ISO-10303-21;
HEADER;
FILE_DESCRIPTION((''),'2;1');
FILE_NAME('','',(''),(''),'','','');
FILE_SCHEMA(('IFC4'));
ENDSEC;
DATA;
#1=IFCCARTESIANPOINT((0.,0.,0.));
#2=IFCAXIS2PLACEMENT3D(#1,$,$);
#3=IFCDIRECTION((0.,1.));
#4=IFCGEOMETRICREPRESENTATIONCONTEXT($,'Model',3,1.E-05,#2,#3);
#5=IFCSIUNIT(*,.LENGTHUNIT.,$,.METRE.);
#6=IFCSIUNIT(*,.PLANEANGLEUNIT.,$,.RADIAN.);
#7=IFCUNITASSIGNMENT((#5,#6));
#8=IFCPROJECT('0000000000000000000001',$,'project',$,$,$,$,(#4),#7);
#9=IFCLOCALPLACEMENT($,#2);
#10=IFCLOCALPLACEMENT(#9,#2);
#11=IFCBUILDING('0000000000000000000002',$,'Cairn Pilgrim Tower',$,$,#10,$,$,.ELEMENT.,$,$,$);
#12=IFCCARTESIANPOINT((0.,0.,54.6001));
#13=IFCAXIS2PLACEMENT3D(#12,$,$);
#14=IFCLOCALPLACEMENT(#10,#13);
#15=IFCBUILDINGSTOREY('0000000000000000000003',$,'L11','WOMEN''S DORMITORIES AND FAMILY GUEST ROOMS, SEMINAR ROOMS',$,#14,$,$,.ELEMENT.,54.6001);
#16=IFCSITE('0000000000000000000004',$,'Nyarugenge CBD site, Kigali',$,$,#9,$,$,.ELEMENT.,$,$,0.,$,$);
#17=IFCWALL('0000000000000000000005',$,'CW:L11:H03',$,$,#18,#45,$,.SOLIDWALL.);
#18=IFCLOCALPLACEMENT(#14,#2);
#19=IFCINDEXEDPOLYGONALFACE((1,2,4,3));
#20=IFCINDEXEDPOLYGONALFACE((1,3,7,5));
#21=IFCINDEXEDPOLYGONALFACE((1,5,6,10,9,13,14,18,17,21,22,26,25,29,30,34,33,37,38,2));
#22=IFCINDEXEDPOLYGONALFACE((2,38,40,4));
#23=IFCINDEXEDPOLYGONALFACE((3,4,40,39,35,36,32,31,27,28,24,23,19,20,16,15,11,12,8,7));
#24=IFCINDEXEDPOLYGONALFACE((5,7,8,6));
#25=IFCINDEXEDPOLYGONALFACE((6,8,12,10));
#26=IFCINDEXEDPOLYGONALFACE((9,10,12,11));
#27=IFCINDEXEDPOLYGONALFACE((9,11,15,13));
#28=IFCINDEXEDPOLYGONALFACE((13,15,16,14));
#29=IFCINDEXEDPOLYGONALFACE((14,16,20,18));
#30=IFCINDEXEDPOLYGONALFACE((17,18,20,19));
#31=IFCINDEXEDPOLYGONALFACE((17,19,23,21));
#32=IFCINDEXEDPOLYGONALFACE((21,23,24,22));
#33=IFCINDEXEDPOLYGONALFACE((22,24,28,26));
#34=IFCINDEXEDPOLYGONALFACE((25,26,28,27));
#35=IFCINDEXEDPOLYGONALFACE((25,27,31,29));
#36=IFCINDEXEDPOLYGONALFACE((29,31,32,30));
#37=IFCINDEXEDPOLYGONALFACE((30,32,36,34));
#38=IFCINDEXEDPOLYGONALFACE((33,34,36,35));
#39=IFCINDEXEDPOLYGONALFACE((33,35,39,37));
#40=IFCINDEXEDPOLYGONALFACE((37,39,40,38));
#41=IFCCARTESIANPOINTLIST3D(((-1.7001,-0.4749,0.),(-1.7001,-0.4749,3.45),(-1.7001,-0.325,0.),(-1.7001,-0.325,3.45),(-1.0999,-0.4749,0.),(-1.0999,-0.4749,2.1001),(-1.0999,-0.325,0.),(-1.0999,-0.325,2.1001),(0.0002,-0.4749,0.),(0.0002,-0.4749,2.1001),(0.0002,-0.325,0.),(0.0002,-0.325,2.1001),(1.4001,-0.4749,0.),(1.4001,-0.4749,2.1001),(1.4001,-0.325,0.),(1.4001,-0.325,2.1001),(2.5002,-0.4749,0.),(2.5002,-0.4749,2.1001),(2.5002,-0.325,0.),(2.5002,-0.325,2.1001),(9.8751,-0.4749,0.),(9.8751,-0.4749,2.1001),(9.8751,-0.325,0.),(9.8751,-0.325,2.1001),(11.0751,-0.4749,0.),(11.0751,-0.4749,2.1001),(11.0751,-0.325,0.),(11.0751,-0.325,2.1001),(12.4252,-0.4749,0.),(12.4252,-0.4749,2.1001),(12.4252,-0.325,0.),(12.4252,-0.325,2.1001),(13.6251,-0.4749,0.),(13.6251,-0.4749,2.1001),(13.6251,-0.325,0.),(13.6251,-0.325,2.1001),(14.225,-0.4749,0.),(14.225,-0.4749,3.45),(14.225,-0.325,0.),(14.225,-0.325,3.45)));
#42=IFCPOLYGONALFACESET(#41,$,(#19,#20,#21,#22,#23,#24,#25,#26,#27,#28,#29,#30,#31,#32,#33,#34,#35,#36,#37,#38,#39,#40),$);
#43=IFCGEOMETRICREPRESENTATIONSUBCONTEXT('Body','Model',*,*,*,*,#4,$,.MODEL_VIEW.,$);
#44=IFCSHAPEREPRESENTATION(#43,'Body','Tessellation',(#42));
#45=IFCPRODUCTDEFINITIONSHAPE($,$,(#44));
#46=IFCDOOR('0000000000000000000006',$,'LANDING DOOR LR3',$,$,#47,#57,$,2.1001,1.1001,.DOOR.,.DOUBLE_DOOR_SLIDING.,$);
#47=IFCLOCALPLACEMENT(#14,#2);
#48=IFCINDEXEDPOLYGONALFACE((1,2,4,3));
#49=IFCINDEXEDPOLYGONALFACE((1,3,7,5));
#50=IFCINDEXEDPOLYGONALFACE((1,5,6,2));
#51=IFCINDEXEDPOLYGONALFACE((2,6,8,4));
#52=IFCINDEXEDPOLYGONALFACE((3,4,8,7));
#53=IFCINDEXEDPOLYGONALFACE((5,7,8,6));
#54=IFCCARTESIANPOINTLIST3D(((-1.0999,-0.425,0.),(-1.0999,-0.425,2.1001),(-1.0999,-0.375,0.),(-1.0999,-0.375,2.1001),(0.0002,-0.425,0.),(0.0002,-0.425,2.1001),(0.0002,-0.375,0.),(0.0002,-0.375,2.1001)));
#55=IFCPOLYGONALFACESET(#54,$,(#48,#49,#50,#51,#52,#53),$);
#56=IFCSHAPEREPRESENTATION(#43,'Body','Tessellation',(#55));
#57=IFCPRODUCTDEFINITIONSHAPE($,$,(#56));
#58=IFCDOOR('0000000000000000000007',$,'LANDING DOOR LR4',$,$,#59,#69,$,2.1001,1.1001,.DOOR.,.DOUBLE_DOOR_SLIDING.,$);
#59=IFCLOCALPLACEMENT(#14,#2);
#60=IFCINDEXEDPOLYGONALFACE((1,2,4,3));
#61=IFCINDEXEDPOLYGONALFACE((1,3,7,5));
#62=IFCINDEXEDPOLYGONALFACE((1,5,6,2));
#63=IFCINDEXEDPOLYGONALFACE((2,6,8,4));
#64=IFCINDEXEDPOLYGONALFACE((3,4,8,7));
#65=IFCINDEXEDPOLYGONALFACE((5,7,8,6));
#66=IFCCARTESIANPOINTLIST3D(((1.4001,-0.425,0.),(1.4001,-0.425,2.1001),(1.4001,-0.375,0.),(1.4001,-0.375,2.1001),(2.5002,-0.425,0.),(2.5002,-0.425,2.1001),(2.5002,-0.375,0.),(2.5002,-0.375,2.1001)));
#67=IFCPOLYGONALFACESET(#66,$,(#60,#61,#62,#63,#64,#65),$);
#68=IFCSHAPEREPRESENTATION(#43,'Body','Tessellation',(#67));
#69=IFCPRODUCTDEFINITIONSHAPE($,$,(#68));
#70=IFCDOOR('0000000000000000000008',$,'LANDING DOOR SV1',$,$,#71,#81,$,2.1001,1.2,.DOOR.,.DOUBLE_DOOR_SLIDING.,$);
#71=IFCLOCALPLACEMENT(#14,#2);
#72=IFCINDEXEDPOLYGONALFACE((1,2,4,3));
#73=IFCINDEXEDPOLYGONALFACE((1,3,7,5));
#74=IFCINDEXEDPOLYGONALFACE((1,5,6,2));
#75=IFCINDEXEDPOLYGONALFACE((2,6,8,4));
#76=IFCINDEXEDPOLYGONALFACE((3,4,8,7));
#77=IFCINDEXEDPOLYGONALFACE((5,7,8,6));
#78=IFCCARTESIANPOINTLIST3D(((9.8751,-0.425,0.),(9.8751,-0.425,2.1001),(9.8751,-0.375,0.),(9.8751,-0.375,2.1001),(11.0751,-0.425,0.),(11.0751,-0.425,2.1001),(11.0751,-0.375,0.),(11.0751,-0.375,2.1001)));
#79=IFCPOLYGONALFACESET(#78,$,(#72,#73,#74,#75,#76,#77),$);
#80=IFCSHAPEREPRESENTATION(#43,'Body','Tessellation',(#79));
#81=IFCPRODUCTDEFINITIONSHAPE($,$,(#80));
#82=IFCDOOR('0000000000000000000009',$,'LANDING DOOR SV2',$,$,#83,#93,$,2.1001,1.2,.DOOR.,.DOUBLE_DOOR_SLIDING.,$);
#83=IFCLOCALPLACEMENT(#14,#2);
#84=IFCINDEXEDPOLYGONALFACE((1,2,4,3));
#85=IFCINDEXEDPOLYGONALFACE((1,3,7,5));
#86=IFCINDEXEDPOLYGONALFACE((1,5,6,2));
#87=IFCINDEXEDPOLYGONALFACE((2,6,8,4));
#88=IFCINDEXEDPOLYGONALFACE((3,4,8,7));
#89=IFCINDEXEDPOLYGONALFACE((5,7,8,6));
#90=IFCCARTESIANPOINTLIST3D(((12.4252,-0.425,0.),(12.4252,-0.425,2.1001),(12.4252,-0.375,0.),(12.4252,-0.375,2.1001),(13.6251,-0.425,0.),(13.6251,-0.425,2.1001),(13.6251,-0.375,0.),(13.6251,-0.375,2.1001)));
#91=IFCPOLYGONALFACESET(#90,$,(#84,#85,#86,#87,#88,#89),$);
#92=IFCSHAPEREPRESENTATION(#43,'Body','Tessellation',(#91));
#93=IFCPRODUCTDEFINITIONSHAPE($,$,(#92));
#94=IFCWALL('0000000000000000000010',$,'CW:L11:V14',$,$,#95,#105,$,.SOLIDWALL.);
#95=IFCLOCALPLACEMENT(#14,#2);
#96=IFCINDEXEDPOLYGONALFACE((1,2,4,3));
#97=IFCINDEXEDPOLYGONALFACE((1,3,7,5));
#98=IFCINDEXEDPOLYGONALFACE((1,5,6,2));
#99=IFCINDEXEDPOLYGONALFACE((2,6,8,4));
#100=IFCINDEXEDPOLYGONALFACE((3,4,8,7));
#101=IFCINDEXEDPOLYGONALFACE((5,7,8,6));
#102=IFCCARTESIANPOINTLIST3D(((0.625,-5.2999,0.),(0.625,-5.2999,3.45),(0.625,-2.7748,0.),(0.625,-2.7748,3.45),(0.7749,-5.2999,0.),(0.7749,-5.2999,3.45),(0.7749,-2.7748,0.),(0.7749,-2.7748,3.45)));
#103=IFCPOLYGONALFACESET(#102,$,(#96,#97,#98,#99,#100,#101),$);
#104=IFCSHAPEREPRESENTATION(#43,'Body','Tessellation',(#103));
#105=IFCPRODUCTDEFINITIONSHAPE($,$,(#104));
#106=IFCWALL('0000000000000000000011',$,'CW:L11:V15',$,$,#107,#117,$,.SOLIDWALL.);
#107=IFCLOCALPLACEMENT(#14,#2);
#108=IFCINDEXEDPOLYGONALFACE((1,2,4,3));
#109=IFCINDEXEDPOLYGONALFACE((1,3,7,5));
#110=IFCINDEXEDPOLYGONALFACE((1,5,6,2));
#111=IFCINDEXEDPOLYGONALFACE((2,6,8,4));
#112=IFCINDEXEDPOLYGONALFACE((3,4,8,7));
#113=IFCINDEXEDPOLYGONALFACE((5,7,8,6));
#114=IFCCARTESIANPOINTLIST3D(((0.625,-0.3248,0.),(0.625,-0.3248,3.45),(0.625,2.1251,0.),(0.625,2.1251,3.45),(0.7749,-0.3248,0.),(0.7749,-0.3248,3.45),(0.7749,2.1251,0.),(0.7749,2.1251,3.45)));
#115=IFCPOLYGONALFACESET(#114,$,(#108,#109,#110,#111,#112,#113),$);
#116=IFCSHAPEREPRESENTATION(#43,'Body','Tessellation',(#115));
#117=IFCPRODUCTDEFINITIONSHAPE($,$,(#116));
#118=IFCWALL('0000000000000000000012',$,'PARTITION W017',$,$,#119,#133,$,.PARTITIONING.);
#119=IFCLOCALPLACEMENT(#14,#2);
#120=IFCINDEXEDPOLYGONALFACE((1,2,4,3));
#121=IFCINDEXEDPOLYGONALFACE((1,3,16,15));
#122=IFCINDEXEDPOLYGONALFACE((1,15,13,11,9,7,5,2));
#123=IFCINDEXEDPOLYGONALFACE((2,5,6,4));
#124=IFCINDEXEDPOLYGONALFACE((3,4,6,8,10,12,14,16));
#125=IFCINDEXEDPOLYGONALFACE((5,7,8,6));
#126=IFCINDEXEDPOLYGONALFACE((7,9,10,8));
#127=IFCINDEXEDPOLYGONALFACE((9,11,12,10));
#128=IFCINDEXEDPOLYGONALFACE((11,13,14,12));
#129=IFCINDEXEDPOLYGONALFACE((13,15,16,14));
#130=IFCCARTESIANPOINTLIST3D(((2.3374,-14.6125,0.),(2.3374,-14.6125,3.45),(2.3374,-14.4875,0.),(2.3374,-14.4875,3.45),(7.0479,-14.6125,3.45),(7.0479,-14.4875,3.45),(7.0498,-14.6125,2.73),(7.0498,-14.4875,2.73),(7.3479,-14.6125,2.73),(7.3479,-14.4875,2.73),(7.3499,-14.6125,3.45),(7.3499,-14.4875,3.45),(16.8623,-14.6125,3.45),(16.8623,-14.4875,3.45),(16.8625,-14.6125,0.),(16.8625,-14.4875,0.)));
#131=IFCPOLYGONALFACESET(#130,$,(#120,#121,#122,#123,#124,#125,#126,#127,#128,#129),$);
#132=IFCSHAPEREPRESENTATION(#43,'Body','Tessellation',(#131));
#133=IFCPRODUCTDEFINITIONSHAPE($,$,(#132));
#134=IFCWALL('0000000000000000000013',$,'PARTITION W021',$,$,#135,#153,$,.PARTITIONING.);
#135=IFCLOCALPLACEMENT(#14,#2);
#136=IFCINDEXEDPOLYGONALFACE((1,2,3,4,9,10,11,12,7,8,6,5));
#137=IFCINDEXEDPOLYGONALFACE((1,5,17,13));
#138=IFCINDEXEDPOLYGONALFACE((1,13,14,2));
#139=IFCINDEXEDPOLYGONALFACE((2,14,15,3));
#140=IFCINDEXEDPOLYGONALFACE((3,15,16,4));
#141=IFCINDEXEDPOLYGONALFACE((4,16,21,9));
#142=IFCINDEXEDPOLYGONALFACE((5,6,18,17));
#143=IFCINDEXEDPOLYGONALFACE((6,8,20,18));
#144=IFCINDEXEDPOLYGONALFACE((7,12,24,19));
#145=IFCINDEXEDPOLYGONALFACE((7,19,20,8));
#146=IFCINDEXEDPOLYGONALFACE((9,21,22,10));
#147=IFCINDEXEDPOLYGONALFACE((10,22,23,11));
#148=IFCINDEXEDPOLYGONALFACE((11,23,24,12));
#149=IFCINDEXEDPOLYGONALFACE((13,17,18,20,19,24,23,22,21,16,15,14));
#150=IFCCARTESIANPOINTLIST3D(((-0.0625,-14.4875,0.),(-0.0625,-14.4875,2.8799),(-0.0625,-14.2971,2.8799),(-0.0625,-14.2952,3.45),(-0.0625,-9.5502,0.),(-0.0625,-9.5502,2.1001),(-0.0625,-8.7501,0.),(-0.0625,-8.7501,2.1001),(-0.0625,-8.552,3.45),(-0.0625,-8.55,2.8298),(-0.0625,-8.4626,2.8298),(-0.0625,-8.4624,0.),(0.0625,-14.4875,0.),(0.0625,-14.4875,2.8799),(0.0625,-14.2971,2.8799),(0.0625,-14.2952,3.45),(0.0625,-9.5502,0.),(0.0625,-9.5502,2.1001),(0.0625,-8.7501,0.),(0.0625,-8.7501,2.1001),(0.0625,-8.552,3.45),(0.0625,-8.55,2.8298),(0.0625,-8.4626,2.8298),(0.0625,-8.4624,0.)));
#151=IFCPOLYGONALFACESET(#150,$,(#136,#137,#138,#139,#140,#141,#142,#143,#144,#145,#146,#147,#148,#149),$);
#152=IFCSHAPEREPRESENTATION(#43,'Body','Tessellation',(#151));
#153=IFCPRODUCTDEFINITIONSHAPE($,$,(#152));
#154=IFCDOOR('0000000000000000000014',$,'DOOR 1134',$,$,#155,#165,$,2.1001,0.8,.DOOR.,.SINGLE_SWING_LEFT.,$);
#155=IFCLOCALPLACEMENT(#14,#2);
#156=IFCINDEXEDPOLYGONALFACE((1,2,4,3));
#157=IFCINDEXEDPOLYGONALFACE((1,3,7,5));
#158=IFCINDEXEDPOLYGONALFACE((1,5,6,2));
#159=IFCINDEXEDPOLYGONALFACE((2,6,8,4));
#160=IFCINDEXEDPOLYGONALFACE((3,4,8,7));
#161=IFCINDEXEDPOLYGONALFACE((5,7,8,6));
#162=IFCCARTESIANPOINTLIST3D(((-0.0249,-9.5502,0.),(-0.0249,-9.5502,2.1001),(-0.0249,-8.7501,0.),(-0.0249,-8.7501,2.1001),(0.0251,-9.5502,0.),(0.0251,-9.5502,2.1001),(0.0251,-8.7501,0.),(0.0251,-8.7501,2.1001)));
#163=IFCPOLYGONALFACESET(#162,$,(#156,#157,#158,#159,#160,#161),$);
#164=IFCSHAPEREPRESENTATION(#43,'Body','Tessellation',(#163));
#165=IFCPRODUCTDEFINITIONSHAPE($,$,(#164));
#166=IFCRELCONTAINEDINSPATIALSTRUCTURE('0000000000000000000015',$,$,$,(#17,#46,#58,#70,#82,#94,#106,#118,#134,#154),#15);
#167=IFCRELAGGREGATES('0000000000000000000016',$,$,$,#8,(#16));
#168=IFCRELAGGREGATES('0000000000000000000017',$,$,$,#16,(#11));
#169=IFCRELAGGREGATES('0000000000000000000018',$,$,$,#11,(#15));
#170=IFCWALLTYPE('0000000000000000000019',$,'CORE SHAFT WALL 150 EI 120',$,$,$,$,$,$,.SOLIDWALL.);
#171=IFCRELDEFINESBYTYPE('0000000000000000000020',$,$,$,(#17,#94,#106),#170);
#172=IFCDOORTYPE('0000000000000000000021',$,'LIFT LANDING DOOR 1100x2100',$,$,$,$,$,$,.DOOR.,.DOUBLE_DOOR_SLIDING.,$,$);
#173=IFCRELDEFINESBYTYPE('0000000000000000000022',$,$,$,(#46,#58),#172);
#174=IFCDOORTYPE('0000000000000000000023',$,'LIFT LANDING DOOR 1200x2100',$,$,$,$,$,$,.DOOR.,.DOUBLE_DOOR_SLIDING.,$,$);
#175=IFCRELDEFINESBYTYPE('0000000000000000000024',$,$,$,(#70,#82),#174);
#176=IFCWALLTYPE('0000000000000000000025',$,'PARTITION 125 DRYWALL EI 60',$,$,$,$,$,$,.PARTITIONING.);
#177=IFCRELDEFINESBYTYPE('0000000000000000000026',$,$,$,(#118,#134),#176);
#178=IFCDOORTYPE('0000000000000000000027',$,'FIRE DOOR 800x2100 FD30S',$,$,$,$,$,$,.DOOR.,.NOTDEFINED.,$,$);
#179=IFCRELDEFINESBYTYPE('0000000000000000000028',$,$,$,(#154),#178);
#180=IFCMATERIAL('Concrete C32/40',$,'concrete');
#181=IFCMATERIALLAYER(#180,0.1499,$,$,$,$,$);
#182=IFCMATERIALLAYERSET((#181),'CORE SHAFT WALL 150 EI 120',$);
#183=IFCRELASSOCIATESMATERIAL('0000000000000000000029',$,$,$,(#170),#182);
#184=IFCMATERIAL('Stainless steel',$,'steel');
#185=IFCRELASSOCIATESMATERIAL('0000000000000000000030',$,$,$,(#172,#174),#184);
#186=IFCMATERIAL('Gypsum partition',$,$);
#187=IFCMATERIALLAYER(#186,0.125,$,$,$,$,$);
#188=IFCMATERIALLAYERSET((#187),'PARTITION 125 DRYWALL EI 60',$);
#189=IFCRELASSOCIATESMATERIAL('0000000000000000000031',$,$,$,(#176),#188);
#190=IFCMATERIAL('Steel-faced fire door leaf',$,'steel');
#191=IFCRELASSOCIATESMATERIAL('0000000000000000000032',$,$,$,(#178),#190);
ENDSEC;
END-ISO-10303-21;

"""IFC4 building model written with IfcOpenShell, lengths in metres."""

from ifc_helpers import new_model, si_unit, direction, frame, frame_2d, origin, place, context, subcontext, project, spatial, polyline, rectangle, outline, extrude, material, layer, layer_set, type_object, element, fill, save


model = new_model("IFC4")

# Units and contexts
model_context = context("Model", 3, precision=1e-05, world=origin(), true_north=direction((0.0, 1.0)))
body_context = subcontext(model_context, "Body", "Model", "MODEL_VIEW")
ifc_project = project(units=[si_unit("LENGTHUNIT", "METRE"), si_unit("PLANEANGLEUNIT", "RADIAN")], contexts=[model_context])

# Site, building, storey
site_placement = place(None, origin())
site = spatial("IfcSite", under=ifc_project, at=site_placement, Name="Nyarugenge CBD site, Kigali", CompositionType="ELEMENT", RefElevation=0.0)
building_placement = place(site_placement, origin())
building = spatial("IfcBuilding", under=site, at=building_placement, Name="Cairn Pilgrim Tower", CompositionType="ELEMENT")
storey_placement = place(building_placement, frame((0.0, 0.0, 54.6001)))
storey = spatial("IfcBuildingStorey", under=building, at=storey_placement, Name="L11", Description="WOMEN'S DORMITORIES AND FAMILY GUEST ROOMS, SEMINAR ROOMS", CompositionType="ELEMENT", Elevation=54.6001)

# Shared definitions
ifc_material_1 = material(Name="Concrete C32/40", Category="concrete")

# Wall, openings, doors
ifc_layer_1 = layer(ifc_material_1, 0.1499)
ifc_layer_set_1 = layer_set([ifc_layer_1], Name="CORE SHAFT WALL 150 EI 120")
wall_type_1 = type_object("IfcWallType", Name="CORE SHAFT WALL 150 EI 120", PredefinedType="SOLIDWALL", material=ifc_layer_set_1)
ifc_material_2 = material(Name="Stainless steel", Category="steel")
door_type_1 = type_object("IfcDoorType", Name="LIFT LANDING DOOR 1100x2100", OperationType="DOUBLE_DOOR_SLIDING", PredefinedType="DOOR", material=ifc_material_2)
wall_1_placement = place(storey_placement, frame((-1.7, -0.3999, 0.0), z_axis=(0.0, 0.0, 1.0), x_axis=(1.0, 0.0, 0.0)))
wall_1 = element("IfcWall", 1, at=wall_1_placement, inside=storey, type_object=wall_type_1, Name="CW:L11:H03", PredefinedType="SOLIDWALL", context=body_context, shape_type="SweptSolid", body=[
    extrude(rectangle(XDim=15.925, YDim=0.1499, at=frame_2d((7.9624, 0.0))), origin(), (0.0, 0.0, 1.0), 3.45),
])
opening_1_placement = place(wall_1_placement, frame((0.6001, 0.0, 0.0)))
opening_1 = element("IfcOpeningElement", 2, at=opening_1_placement, cuts=wall_1, PredefinedType="OPENING", context=body_context, shape_type="SweptSolid", body=[
    extrude(rectangle(XDim=1.1001, YDim=2.1001, at=frame_2d((0.55, 1.05))), frame((0.0, 0.085, 0.0), z_axis=(0.0, -1.0, 0.0), x_axis=(1.0, 0.0, 0.0)), (0.0, 0.0, 1.0), 0.1699),
])
opening_2_placement = place(wall_1_placement, frame((3.1001, 0.0, 0.0)))
opening_2 = element("IfcOpeningElement", 3, at=opening_2_placement, cuts=wall_1, PredefinedType="OPENING", context=body_context, shape_type="SweptSolid", body=[
    extrude(rectangle(XDim=1.1001, YDim=2.1001, at=frame_2d((0.55, 1.05))), frame((0.0, 0.085, 0.0), z_axis=(0.0, -1.0, 0.0), x_axis=(1.0, 0.0, 0.0)), (0.0, 0.0, 1.0), 0.1699),
])
opening_3_placement = place(wall_1_placement, frame((11.575, 0.0, 0.0)))
opening_3 = element("IfcOpeningElement", 4, at=opening_3_placement, cuts=wall_1, PredefinedType="OPENING", context=body_context, shape_type="SweptSolid", body=[
    extrude(rectangle(XDim=1.2, YDim=2.1001, at=frame_2d((0.6001, 1.05))), frame((0.0, 0.085, 0.0), z_axis=(0.0, -1.0, 0.0), x_axis=(1.0, 0.0, 0.0)), (0.0, 0.0, 1.0), 0.1699),
])
opening_4_placement = place(wall_1_placement, frame((14.125, 0.0, 0.0)))
opening_4 = element("IfcOpeningElement", 5, at=opening_4_placement, cuts=wall_1, PredefinedType="OPENING", context=body_context, shape_type="SweptSolid", body=[
    extrude(rectangle(XDim=1.2, YDim=2.1001, at=frame_2d((0.6001, 1.05))), frame((0.0, 0.085, 0.0), z_axis=(0.0, -1.0, 0.0), x_axis=(1.0, 0.0, 0.0)), (0.0, 0.0, 1.0), 0.1699),
])
door_1_placement = place(opening_1_placement, origin())
door_1 = element("IfcDoor", 6, at=door_1_placement, inside=storey, type_object=door_type_1, Name="LANDING DOOR LR3", OperationType="DOUBLE_DOOR_SLIDING", OverallHeight=2.1001, OverallWidth=1.1001, PredefinedType="DOOR", context=body_context, shape_type="SweptSolid", body=[
    extrude(rectangle(XDim=1.1001, YDim=2.1001, at=frame_2d((0.55, 1.05))), frame((0.0, 0.0249, 0.0), z_axis=(0.0, -1.0, 0.0), x_axis=(1.0, 0.0, 0.0)), (0.0, 0.0, 1.0), 0.05),
])
fill(opening_1, door_1)
door_2_placement = place(opening_2_placement, origin())
door_2 = element("IfcDoor", 7, at=door_2_placement, inside=storey, type_object=door_type_1, Name="LANDING DOOR LR4", OperationType="DOUBLE_DOOR_SLIDING", OverallHeight=2.1001, OverallWidth=1.1001, PredefinedType="DOOR", context=body_context, shape_type="SweptSolid", body=[
    extrude(rectangle(XDim=1.1001, YDim=2.1001, at=frame_2d((0.55, 1.05))), frame((0.0, 0.0249, 0.0), z_axis=(0.0, -1.0, 0.0), x_axis=(1.0, 0.0, 0.0)), (0.0, 0.0, 1.0), 0.05),
])
fill(opening_2, door_2)
door_type_2 = type_object("IfcDoorType", Name="LIFT LANDING DOOR 1200x2100", OperationType="DOUBLE_DOOR_SLIDING", PredefinedType="DOOR", material=ifc_material_2)
door_3_placement = place(opening_3_placement, origin())
door_3 = element("IfcDoor", 8, at=door_3_placement, inside=storey, type_object=door_type_2, Name="LANDING DOOR SV1", OperationType="DOUBLE_DOOR_SLIDING", OverallHeight=2.1001, OverallWidth=1.2, PredefinedType="DOOR", context=body_context, shape_type="SweptSolid", body=[
    extrude(rectangle(XDim=1.2, YDim=2.1001, at=frame_2d((0.6001, 1.05))), frame((0.0, 0.0249, 0.0), z_axis=(0.0, -1.0, 0.0), x_axis=(1.0, 0.0, 0.0)), (0.0, 0.0, 1.0), 0.05),
])
fill(opening_3, door_3)
door_4_placement = place(opening_4_placement, origin())
door_4 = element("IfcDoor", 9, at=door_4_placement, inside=storey, type_object=door_type_2, Name="LANDING DOOR SV2", OperationType="DOUBLE_DOOR_SLIDING", OverallHeight=2.1001, OverallWidth=1.2, PredefinedType="DOOR", context=body_context, shape_type="SweptSolid", body=[
    extrude(rectangle(XDim=1.2, YDim=2.1001, at=frame_2d((0.6001, 1.05))), frame((0.0, 0.0249, 0.0), z_axis=(0.0, -1.0, 0.0), x_axis=(1.0, 0.0, 0.0)), (0.0, 0.0, 1.0), 0.05),
])
fill(opening_4, door_4)

# Walls
wall_2_placement = place(storey_placement, frame((0.7, -5.3, 0.0), z_axis=(0.0, 0.0, 1.0), x_axis=(0.0, 1.0, 0.0)))
element("IfcWall", 10, at=wall_2_placement, inside=storey, type_object=wall_type_1, Name="CW:L11:V14", PredefinedType="SOLIDWALL", context=body_context, shape_type="SweptSolid", body=[
    extrude(rectangle(XDim=2.5251, YDim=0.1499, at=frame_2d((1.2627, 0.0))), origin(), (0.0, 0.0, 1.0), 3.45),
])
wall_3_placement = place(storey_placement, frame((0.7, -0.325, 0.0), z_axis=(0.0, 0.0, 1.0), x_axis=(0.0, 1.0, 0.0)))
element("IfcWall", 11, at=wall_3_placement, inside=storey, type_object=wall_type_1, Name="CW:L11:V15", PredefinedType="SOLIDWALL", context=body_context, shape_type="SweptSolid", body=[
    extrude(rectangle(XDim=2.45, YDim=0.1499, at=frame_2d((1.2251, 0.0))), origin(), (0.0, 0.0, 1.0), 3.45),
])
ifc_material_3 = material(Name="Gypsum partition")
ifc_layer_2 = layer(ifc_material_3, 0.125)
ifc_layer_set_2 = layer_set([ifc_layer_2], Name="PARTITION 125 DRYWALL EI 60")
wall_type_2 = type_object("IfcWallType", Name="PARTITION 125 DRYWALL EI 60", PredefinedType="PARTITIONING", material=ifc_layer_set_2)
wall_4_placement = place(storey_placement, frame((2.3374, -14.55, 0.0), z_axis=(0.0, 0.0, 1.0), x_axis=(1.0, 0.0, 0.0)))
element("IfcWall", 12, at=wall_4_placement, inside=storey, type_object=wall_type_2, Name="PARTITION W017", PredefinedType="PARTITIONING", context=body_context, shape_type="SweptSolid", body=[
    extrude(outline(polyline([(0.0, 0.0), (14.5251, 0.0), (14.5249, 3.45), (5.0125, 3.45), (5.0105, 2.73), (4.7124, 2.73), (4.7104, 3.45), (0.0, 3.45), (0.0, 0.0)])), frame((0.0, 0.0625, 0.0), z_axis=(0.0, -1.0, 0.0), x_axis=(1.0, 0.0, 0.0)), (0.0, 0.0, 1.0), 0.125),
])

# Wall, opening, door
wall_5_placement = place(storey_placement, frame((0.0, -14.4875, 0.0), z_axis=(0.0, 0.0, 1.0), x_axis=(0.0, 1.0, 0.0)))
wall_5 = element("IfcWall", 13, at=wall_5_placement, inside=storey, type_object=wall_type_2, Name="PARTITION W021", PredefinedType="PARTITIONING", context=body_context, shape_type="SweptSolid", body=[
    extrude(outline(polyline([(0.0, 0.0), (6.0251, 0.0), (6.0249, 2.8298), (5.9375, 2.8298), (5.9355, 3.45), (0.1924, 3.45), (0.1904, 2.8799), (0.0, 2.8799), (0.0, 0.0)])), frame((0.0, 0.0625, 0.0), z_axis=(0.0, -1.0, 0.0), x_axis=(1.0, 0.0, 0.0)), (0.0, 0.0, 1.0), 0.125),
])
opening_5_placement = place(wall_5_placement, frame((4.9375, 0.0, 0.0)))
opening_5 = element("IfcOpeningElement", 14, at=opening_5_placement, cuts=wall_5, PredefinedType="OPENING", context=body_context, shape_type="SweptSolid", body=[
    extrude(rectangle(XDim=0.8, YDim=2.1001, at=frame_2d((0.3999, 1.05))), frame((0.0, 0.0725, 0.0), z_axis=(0.0, -1.0, 0.0), x_axis=(1.0, 0.0, 0.0)), (0.0, 0.0, 1.0), 0.145),
])
ifc_material_4 = material(Name="Steel-faced fire door leaf", Category="steel")
door_type_3 = type_object("IfcDoorType", Name="FIRE DOOR 800x2100 FD30S", OperationType="NOTDEFINED", PredefinedType="DOOR", material=ifc_material_4)
door_5_placement = place(opening_5_placement, origin())
door_5 = element("IfcDoor", 15, at=door_5_placement, inside=storey, type_object=door_type_3, Name="DOOR 1134", OperationType="SINGLE_SWING_LEFT", OverallHeight=2.1001, OverallWidth=0.8, PredefinedType="DOOR", context=body_context, shape_type="SweptSolid", body=[
    extrude(rectangle(XDim=0.8, YDim=2.1001, at=frame_2d((0.3999, 1.05))), frame((0.0, 0.0249, 0.0), z_axis=(0.0, -1.0, 0.0), x_axis=(1.0, 0.0, 0.0)), (0.0, 0.0, 1.0), 0.05),
])
fill(opening_5, door_5)

save(model, "model.ifc")
